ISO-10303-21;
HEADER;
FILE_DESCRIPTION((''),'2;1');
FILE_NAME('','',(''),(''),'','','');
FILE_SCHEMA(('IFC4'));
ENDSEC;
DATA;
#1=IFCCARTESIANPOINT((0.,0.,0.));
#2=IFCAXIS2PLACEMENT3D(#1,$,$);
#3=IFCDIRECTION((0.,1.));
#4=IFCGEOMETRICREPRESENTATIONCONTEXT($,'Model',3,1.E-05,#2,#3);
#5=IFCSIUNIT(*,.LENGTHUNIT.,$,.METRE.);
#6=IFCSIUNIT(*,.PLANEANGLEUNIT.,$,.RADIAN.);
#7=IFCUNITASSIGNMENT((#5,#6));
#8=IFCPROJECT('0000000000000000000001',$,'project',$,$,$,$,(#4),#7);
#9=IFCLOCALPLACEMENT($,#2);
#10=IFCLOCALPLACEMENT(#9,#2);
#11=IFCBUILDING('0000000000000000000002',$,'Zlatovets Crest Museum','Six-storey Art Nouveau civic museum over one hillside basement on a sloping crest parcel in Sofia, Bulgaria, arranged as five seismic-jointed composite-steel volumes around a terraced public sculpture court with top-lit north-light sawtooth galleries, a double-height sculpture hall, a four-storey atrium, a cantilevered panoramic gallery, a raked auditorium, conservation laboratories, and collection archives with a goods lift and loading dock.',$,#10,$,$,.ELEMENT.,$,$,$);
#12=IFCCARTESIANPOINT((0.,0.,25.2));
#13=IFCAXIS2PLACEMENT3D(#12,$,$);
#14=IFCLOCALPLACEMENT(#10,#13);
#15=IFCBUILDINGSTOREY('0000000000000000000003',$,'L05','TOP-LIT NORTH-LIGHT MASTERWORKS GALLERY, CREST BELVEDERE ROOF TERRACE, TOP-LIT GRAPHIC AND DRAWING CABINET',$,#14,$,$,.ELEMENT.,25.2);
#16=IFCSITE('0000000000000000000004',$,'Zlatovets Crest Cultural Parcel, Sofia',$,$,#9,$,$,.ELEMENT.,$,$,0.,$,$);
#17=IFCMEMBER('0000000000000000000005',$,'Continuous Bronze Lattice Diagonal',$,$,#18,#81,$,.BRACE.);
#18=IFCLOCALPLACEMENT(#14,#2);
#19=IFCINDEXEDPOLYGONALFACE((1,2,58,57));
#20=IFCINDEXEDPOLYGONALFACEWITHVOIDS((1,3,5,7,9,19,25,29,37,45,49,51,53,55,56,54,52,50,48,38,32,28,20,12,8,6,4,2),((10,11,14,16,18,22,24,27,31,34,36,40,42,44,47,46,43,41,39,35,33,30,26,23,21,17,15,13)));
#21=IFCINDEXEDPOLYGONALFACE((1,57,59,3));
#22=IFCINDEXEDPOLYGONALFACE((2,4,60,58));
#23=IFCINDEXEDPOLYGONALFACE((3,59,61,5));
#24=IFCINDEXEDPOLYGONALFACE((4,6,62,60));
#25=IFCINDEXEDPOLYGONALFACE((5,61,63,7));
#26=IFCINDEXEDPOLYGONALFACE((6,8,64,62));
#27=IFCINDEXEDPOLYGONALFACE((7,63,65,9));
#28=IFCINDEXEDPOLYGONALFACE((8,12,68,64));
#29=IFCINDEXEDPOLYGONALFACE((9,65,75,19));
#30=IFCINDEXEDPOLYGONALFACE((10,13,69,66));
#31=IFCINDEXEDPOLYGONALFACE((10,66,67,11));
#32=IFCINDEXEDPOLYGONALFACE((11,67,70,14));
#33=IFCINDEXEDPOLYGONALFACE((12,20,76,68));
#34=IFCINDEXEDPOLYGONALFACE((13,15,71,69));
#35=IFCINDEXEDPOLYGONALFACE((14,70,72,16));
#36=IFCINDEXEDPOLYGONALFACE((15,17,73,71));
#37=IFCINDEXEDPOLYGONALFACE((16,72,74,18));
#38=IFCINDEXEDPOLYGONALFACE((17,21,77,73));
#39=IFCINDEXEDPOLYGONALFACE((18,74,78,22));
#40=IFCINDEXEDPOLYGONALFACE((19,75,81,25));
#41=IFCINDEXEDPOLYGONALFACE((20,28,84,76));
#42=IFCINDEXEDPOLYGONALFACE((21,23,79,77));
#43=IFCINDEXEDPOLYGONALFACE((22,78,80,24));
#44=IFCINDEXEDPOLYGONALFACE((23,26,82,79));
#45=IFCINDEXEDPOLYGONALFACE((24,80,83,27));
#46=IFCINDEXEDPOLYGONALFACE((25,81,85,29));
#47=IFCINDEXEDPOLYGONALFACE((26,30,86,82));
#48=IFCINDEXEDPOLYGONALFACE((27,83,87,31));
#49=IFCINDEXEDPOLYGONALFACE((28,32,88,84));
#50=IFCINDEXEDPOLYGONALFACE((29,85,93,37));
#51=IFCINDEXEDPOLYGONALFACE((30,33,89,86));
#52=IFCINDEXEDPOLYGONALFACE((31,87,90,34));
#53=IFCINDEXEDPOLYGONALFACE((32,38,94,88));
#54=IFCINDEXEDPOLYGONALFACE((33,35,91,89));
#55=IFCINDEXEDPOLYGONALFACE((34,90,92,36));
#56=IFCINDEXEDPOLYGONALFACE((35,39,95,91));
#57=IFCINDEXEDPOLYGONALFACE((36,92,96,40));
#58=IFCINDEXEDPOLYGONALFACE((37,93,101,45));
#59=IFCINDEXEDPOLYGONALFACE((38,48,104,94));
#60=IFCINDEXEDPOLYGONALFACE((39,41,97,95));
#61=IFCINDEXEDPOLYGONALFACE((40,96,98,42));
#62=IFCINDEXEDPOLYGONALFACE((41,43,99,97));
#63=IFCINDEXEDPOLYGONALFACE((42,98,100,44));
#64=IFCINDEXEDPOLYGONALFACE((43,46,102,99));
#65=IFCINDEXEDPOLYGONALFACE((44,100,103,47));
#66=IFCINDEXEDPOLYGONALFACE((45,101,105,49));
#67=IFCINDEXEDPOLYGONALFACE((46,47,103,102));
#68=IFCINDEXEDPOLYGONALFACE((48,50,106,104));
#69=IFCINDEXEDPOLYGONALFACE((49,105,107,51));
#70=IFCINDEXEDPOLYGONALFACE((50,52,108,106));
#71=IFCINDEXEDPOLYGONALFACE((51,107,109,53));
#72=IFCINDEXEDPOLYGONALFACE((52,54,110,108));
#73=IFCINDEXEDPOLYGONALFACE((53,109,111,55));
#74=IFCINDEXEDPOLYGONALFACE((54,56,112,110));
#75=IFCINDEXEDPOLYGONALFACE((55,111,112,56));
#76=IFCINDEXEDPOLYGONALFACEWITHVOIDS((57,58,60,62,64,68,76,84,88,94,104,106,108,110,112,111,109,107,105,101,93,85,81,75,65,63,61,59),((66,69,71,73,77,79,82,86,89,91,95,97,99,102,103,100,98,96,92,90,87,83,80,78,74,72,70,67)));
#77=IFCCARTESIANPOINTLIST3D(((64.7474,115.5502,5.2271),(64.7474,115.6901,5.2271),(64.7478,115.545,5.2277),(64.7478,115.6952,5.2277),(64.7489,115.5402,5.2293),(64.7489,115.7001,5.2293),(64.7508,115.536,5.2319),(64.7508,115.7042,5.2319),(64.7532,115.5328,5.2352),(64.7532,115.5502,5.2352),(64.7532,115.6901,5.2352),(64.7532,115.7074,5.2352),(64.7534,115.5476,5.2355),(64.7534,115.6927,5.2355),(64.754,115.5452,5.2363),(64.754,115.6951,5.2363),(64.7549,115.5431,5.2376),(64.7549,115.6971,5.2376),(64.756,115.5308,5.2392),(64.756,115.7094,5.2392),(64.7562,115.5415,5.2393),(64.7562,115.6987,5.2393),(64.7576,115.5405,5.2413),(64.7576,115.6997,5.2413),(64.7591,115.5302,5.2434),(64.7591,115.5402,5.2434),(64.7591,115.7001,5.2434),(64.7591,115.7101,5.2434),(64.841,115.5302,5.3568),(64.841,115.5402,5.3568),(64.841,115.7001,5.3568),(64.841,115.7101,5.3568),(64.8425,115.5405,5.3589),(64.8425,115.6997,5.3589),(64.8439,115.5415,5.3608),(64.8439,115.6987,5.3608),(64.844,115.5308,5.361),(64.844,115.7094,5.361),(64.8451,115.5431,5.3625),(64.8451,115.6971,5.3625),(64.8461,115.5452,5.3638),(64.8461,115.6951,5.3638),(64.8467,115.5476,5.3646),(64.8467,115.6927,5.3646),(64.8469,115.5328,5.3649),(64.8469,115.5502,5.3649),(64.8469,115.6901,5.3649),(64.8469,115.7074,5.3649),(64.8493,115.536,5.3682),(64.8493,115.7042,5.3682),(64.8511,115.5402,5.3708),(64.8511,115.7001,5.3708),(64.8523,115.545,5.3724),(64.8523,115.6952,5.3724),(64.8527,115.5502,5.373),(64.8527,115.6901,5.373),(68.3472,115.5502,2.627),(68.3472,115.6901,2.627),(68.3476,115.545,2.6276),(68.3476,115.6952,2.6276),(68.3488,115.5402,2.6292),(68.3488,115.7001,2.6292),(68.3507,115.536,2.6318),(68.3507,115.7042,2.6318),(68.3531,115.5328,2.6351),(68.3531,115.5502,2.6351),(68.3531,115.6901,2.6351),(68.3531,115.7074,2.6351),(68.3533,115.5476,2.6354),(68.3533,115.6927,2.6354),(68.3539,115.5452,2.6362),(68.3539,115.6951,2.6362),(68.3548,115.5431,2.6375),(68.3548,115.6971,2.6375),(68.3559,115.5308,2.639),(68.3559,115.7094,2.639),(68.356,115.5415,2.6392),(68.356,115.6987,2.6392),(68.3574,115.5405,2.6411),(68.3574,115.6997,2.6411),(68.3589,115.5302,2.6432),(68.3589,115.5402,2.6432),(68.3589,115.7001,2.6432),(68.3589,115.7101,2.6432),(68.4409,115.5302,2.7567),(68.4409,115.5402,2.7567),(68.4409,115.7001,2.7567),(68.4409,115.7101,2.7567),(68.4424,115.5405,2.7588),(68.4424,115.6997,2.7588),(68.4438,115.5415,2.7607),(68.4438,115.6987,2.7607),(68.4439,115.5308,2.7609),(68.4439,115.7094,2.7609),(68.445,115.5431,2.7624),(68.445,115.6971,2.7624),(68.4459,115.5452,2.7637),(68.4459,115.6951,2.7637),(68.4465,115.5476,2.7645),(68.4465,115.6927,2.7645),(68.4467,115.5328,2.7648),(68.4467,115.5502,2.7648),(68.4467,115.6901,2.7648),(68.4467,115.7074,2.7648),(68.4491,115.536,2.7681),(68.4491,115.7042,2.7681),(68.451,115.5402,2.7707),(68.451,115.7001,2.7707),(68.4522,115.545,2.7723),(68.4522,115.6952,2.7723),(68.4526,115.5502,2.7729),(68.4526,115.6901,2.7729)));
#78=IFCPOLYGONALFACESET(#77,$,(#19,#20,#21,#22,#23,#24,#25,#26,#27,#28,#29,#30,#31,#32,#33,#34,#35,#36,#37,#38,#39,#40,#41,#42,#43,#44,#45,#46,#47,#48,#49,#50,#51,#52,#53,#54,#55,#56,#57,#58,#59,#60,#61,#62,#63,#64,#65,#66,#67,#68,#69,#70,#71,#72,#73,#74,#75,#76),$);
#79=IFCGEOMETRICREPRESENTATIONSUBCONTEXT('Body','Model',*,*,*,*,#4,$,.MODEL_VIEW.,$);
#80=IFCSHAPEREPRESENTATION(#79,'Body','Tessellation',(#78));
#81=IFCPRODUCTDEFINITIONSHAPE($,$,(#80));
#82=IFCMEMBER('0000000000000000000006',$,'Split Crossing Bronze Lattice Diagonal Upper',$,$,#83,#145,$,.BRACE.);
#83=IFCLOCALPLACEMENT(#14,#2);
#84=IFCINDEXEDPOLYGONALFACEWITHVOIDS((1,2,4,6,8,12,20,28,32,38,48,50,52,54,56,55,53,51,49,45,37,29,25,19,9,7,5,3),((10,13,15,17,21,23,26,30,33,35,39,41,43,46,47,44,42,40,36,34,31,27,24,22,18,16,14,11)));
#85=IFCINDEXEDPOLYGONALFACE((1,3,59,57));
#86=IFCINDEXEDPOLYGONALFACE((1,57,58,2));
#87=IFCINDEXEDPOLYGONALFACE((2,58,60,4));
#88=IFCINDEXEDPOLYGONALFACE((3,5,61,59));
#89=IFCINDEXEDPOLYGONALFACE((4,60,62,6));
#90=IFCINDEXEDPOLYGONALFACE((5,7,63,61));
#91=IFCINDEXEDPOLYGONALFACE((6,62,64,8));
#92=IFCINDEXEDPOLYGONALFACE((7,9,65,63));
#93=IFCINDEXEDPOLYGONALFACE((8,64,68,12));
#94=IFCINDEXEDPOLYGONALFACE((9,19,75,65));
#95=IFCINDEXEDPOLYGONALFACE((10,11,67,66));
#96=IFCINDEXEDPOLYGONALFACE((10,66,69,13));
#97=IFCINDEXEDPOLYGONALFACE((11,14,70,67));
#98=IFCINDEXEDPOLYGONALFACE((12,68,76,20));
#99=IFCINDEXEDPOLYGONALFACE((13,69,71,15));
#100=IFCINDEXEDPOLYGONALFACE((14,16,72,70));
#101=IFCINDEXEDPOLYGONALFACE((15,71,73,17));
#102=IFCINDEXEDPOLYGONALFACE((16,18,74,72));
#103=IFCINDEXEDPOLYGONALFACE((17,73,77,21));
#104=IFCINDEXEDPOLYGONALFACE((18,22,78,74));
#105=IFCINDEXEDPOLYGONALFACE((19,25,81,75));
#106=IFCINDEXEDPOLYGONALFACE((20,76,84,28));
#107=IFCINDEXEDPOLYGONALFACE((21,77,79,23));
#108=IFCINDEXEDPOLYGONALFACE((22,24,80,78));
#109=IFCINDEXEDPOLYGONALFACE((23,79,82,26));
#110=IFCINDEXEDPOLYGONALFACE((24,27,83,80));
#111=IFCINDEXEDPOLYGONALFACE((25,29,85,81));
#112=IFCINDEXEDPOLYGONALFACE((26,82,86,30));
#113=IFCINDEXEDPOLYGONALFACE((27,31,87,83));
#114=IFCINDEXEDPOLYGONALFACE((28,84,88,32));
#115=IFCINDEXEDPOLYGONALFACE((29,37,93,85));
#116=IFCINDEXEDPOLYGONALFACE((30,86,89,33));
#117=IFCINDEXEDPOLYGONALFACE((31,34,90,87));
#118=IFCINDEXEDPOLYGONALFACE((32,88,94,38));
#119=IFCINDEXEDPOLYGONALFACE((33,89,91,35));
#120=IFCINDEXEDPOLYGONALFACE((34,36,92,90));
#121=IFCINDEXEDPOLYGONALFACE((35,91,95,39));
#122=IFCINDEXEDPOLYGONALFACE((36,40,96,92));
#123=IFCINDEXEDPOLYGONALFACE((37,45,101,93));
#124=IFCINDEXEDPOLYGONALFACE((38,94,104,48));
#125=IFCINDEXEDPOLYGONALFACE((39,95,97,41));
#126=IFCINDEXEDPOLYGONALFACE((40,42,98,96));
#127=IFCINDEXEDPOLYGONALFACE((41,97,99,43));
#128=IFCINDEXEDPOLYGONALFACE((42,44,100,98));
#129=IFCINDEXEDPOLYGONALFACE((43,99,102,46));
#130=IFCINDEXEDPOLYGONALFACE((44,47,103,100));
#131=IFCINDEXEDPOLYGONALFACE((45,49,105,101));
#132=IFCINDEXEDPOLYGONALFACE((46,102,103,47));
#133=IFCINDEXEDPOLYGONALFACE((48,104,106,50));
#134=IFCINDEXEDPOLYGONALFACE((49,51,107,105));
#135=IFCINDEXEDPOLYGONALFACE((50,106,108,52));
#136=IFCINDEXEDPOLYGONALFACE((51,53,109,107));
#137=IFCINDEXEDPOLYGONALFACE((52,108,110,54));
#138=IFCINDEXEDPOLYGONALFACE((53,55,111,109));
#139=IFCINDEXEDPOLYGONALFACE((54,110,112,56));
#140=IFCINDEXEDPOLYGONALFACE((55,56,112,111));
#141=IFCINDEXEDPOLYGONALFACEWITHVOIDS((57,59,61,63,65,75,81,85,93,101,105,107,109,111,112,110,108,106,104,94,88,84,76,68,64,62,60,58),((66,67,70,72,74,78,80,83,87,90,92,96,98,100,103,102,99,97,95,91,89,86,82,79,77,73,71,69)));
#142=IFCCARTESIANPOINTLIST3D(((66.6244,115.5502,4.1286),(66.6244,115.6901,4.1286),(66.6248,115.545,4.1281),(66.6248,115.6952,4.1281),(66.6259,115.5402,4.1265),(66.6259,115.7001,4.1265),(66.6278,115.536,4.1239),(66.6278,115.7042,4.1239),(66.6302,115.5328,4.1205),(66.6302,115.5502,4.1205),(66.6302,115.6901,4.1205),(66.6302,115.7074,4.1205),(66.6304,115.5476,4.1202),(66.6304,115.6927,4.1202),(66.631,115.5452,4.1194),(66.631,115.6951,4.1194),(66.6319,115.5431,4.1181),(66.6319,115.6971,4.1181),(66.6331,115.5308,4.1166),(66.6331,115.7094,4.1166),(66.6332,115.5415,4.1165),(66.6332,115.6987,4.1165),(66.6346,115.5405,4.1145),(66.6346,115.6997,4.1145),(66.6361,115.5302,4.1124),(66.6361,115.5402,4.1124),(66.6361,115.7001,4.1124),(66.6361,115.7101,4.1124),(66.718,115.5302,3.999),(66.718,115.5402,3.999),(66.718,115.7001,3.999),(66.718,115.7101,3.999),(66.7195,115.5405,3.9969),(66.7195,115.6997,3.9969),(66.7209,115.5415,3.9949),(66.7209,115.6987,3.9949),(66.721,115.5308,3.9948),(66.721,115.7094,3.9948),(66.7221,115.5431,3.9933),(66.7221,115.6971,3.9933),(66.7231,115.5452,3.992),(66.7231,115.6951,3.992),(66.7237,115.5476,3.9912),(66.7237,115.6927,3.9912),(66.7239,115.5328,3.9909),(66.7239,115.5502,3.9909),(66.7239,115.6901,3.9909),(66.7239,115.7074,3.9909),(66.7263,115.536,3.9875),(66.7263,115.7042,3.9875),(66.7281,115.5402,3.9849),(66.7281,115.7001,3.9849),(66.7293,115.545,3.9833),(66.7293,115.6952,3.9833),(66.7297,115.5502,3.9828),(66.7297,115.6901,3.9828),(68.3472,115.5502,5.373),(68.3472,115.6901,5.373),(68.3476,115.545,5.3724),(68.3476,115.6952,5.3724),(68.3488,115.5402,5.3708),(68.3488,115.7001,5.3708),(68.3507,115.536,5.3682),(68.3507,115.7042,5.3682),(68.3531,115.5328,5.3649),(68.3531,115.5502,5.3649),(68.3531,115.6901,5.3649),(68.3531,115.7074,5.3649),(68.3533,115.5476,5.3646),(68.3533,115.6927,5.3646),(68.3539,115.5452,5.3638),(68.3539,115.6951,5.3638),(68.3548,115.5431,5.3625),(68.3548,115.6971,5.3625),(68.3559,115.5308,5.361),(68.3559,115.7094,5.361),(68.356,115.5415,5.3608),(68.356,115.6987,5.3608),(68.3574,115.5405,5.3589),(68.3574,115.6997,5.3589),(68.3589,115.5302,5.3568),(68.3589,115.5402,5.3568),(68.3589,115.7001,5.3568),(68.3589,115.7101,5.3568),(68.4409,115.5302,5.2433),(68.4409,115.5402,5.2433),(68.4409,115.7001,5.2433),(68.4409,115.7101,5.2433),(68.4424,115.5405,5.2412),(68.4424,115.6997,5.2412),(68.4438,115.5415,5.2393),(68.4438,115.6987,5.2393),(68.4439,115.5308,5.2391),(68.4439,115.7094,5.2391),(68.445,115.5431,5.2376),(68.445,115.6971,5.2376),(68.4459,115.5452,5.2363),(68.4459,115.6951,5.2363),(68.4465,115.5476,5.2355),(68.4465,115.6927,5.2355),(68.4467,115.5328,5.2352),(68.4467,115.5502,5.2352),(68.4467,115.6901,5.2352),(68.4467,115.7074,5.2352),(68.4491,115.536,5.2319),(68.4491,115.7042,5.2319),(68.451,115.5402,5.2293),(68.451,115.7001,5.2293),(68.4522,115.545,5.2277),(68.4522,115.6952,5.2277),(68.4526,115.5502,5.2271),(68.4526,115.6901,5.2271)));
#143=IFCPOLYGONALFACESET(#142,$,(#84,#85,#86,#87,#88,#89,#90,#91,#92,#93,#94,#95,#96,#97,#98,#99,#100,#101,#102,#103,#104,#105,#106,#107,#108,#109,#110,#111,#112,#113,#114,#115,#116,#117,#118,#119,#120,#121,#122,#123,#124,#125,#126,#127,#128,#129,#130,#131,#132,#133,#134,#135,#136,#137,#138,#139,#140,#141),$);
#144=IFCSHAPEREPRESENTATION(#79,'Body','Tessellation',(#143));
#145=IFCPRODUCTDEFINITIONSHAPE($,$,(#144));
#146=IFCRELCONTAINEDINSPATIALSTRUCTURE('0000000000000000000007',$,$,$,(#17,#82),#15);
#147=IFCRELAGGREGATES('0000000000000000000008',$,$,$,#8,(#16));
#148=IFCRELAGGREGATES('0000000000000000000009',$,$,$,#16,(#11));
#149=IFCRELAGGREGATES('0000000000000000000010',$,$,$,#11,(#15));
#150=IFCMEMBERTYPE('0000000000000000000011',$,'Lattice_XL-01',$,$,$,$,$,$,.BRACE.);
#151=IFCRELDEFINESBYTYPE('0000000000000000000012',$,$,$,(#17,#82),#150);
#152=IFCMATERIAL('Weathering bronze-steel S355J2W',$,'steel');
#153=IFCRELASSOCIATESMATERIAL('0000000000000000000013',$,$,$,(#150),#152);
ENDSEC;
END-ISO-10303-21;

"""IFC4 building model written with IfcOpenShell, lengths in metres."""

from ifc_helpers import new_model, si_unit, direction, frame, origin, origin_2d, place, context, subcontext, project, spatial, hollow_rectangle, extrude, material, material_profile, profile_set, type_object, element, save


model = new_model("IFC4")

# Units and contexts
model_context = context("Model", 3, precision=1e-05, world=origin(), true_north=direction((0.0, 1.0)))
body_context = subcontext(model_context, "Body", "Model", "MODEL_VIEW")
ifc_project = project(units=[si_unit("LENGTHUNIT", "METRE"), si_unit("PLANEANGLEUNIT", "RADIAN")], contexts=[model_context])

# Site, building, storey
site_placement = place(None, origin())
site = spatial("IfcSite", under=ifc_project, at=site_placement, Name="Zlatovets Crest Cultural Parcel, Sofia", CompositionType="ELEMENT", RefElevation=0.0)
building_placement = place(site_placement, origin())
building = spatial("IfcBuilding", under=site, at=building_placement, Name="Zlatovets Crest Museum", Description="Six-storey Art Nouveau civic museum over one hillside basement on a sloping crest parcel in Sofia, Bulgaria, arranged as five seismic-jointed composite-steel volumes around a terraced public sculpture court with top-lit north-light sawtooth galleries, a double-height sculpture hall, a four-storey atrium, a cantilevered panoramic gallery, a raked auditorium, conservation laboratories, and collection archives with a goods lift and loading dock.", CompositionType="ELEMENT")
storey_placement = place(building_placement, frame((0.0, 0.0, 25.2)))
storey = spatial("IfcBuildingStorey", under=building, at=storey_placement, Name="L05", Description="TOP-LIT NORTH-LIGHT MASTERWORKS GALLERY, CREST BELVEDERE ROOF TERRACE, TOP-LIT GRAPHIC AND DRAWING CABINET", CompositionType="ELEMENT", Elevation=25.2)

# Members
ifc_material_1 = material(Name="Weathering bronze-steel S355J2W", Category="steel")
ifc_material_profile_1 = material_profile(ifc_material_1, hollow_rectangle(XDim=0.1799, YDim=0.1799, WallThickness=0.01, InnerFilletRadius=0.01, OuterFilletRadius=0.02, at=origin_2d()), Name="SHS 180x180x10.0")
ifc_profile_set_1 = profile_set([ifc_material_profile_1], Name="Weathering bronze-steel S355J2W")
member_type_1 = type_object("IfcMemberType", Name="Lattice_XL-01", PredefinedType="BRACE", material=ifc_profile_set_1)
member_1_placement = place(storey_placement, frame((68.3999, 115.6201, 2.7), z_axis=(-0.810657, 0.0, 0.585521), x_axis=(0.0, -1.0, 0.0)))
element("IfcMember", 1, at=member_1_placement, inside=storey, type_object=member_type_1, Name="Continuous Bronze Lattice Diagonal", PredefinedType="BRACE", context=body_context, shape_type="SweptSolid", body=[
    extrude(hollow_rectangle(XDim=0.1799, YDim=0.1799, WallThickness=0.01, InnerFilletRadius=0.01, OuterFilletRadius=0.02, at=origin_2d()), origin(), (0.0, 0.0, 1.0), 4.4407),
])
for number, where, z_axis, x_axis, name in (
    (2, (68.3999, 115.6201, 5.3), (-0.810664, 0.0, -0.585512), (0.0, -1.0, 0.0), "Split Crossing Bronze Lattice Diagonal Upper"),
):
    element("IfcMember", number, at=place(storey_placement, frame(where, z_axis=z_axis, x_axis=x_axis)), inside=storey, type_object=member_type_1, Name=name, PredefinedType="BRACE", context=body_context, shape_type="SweptSolid", body=[
        extrude(hollow_rectangle(XDim=0.1799, YDim=0.1799, WallThickness=0.01, InnerFilletRadius=0.01, OuterFilletRadius=0.02, at=origin_2d()), origin(), (0.0, 0.0, 1.0), 2.1252),
    ])

save(model, "model.ifc")
